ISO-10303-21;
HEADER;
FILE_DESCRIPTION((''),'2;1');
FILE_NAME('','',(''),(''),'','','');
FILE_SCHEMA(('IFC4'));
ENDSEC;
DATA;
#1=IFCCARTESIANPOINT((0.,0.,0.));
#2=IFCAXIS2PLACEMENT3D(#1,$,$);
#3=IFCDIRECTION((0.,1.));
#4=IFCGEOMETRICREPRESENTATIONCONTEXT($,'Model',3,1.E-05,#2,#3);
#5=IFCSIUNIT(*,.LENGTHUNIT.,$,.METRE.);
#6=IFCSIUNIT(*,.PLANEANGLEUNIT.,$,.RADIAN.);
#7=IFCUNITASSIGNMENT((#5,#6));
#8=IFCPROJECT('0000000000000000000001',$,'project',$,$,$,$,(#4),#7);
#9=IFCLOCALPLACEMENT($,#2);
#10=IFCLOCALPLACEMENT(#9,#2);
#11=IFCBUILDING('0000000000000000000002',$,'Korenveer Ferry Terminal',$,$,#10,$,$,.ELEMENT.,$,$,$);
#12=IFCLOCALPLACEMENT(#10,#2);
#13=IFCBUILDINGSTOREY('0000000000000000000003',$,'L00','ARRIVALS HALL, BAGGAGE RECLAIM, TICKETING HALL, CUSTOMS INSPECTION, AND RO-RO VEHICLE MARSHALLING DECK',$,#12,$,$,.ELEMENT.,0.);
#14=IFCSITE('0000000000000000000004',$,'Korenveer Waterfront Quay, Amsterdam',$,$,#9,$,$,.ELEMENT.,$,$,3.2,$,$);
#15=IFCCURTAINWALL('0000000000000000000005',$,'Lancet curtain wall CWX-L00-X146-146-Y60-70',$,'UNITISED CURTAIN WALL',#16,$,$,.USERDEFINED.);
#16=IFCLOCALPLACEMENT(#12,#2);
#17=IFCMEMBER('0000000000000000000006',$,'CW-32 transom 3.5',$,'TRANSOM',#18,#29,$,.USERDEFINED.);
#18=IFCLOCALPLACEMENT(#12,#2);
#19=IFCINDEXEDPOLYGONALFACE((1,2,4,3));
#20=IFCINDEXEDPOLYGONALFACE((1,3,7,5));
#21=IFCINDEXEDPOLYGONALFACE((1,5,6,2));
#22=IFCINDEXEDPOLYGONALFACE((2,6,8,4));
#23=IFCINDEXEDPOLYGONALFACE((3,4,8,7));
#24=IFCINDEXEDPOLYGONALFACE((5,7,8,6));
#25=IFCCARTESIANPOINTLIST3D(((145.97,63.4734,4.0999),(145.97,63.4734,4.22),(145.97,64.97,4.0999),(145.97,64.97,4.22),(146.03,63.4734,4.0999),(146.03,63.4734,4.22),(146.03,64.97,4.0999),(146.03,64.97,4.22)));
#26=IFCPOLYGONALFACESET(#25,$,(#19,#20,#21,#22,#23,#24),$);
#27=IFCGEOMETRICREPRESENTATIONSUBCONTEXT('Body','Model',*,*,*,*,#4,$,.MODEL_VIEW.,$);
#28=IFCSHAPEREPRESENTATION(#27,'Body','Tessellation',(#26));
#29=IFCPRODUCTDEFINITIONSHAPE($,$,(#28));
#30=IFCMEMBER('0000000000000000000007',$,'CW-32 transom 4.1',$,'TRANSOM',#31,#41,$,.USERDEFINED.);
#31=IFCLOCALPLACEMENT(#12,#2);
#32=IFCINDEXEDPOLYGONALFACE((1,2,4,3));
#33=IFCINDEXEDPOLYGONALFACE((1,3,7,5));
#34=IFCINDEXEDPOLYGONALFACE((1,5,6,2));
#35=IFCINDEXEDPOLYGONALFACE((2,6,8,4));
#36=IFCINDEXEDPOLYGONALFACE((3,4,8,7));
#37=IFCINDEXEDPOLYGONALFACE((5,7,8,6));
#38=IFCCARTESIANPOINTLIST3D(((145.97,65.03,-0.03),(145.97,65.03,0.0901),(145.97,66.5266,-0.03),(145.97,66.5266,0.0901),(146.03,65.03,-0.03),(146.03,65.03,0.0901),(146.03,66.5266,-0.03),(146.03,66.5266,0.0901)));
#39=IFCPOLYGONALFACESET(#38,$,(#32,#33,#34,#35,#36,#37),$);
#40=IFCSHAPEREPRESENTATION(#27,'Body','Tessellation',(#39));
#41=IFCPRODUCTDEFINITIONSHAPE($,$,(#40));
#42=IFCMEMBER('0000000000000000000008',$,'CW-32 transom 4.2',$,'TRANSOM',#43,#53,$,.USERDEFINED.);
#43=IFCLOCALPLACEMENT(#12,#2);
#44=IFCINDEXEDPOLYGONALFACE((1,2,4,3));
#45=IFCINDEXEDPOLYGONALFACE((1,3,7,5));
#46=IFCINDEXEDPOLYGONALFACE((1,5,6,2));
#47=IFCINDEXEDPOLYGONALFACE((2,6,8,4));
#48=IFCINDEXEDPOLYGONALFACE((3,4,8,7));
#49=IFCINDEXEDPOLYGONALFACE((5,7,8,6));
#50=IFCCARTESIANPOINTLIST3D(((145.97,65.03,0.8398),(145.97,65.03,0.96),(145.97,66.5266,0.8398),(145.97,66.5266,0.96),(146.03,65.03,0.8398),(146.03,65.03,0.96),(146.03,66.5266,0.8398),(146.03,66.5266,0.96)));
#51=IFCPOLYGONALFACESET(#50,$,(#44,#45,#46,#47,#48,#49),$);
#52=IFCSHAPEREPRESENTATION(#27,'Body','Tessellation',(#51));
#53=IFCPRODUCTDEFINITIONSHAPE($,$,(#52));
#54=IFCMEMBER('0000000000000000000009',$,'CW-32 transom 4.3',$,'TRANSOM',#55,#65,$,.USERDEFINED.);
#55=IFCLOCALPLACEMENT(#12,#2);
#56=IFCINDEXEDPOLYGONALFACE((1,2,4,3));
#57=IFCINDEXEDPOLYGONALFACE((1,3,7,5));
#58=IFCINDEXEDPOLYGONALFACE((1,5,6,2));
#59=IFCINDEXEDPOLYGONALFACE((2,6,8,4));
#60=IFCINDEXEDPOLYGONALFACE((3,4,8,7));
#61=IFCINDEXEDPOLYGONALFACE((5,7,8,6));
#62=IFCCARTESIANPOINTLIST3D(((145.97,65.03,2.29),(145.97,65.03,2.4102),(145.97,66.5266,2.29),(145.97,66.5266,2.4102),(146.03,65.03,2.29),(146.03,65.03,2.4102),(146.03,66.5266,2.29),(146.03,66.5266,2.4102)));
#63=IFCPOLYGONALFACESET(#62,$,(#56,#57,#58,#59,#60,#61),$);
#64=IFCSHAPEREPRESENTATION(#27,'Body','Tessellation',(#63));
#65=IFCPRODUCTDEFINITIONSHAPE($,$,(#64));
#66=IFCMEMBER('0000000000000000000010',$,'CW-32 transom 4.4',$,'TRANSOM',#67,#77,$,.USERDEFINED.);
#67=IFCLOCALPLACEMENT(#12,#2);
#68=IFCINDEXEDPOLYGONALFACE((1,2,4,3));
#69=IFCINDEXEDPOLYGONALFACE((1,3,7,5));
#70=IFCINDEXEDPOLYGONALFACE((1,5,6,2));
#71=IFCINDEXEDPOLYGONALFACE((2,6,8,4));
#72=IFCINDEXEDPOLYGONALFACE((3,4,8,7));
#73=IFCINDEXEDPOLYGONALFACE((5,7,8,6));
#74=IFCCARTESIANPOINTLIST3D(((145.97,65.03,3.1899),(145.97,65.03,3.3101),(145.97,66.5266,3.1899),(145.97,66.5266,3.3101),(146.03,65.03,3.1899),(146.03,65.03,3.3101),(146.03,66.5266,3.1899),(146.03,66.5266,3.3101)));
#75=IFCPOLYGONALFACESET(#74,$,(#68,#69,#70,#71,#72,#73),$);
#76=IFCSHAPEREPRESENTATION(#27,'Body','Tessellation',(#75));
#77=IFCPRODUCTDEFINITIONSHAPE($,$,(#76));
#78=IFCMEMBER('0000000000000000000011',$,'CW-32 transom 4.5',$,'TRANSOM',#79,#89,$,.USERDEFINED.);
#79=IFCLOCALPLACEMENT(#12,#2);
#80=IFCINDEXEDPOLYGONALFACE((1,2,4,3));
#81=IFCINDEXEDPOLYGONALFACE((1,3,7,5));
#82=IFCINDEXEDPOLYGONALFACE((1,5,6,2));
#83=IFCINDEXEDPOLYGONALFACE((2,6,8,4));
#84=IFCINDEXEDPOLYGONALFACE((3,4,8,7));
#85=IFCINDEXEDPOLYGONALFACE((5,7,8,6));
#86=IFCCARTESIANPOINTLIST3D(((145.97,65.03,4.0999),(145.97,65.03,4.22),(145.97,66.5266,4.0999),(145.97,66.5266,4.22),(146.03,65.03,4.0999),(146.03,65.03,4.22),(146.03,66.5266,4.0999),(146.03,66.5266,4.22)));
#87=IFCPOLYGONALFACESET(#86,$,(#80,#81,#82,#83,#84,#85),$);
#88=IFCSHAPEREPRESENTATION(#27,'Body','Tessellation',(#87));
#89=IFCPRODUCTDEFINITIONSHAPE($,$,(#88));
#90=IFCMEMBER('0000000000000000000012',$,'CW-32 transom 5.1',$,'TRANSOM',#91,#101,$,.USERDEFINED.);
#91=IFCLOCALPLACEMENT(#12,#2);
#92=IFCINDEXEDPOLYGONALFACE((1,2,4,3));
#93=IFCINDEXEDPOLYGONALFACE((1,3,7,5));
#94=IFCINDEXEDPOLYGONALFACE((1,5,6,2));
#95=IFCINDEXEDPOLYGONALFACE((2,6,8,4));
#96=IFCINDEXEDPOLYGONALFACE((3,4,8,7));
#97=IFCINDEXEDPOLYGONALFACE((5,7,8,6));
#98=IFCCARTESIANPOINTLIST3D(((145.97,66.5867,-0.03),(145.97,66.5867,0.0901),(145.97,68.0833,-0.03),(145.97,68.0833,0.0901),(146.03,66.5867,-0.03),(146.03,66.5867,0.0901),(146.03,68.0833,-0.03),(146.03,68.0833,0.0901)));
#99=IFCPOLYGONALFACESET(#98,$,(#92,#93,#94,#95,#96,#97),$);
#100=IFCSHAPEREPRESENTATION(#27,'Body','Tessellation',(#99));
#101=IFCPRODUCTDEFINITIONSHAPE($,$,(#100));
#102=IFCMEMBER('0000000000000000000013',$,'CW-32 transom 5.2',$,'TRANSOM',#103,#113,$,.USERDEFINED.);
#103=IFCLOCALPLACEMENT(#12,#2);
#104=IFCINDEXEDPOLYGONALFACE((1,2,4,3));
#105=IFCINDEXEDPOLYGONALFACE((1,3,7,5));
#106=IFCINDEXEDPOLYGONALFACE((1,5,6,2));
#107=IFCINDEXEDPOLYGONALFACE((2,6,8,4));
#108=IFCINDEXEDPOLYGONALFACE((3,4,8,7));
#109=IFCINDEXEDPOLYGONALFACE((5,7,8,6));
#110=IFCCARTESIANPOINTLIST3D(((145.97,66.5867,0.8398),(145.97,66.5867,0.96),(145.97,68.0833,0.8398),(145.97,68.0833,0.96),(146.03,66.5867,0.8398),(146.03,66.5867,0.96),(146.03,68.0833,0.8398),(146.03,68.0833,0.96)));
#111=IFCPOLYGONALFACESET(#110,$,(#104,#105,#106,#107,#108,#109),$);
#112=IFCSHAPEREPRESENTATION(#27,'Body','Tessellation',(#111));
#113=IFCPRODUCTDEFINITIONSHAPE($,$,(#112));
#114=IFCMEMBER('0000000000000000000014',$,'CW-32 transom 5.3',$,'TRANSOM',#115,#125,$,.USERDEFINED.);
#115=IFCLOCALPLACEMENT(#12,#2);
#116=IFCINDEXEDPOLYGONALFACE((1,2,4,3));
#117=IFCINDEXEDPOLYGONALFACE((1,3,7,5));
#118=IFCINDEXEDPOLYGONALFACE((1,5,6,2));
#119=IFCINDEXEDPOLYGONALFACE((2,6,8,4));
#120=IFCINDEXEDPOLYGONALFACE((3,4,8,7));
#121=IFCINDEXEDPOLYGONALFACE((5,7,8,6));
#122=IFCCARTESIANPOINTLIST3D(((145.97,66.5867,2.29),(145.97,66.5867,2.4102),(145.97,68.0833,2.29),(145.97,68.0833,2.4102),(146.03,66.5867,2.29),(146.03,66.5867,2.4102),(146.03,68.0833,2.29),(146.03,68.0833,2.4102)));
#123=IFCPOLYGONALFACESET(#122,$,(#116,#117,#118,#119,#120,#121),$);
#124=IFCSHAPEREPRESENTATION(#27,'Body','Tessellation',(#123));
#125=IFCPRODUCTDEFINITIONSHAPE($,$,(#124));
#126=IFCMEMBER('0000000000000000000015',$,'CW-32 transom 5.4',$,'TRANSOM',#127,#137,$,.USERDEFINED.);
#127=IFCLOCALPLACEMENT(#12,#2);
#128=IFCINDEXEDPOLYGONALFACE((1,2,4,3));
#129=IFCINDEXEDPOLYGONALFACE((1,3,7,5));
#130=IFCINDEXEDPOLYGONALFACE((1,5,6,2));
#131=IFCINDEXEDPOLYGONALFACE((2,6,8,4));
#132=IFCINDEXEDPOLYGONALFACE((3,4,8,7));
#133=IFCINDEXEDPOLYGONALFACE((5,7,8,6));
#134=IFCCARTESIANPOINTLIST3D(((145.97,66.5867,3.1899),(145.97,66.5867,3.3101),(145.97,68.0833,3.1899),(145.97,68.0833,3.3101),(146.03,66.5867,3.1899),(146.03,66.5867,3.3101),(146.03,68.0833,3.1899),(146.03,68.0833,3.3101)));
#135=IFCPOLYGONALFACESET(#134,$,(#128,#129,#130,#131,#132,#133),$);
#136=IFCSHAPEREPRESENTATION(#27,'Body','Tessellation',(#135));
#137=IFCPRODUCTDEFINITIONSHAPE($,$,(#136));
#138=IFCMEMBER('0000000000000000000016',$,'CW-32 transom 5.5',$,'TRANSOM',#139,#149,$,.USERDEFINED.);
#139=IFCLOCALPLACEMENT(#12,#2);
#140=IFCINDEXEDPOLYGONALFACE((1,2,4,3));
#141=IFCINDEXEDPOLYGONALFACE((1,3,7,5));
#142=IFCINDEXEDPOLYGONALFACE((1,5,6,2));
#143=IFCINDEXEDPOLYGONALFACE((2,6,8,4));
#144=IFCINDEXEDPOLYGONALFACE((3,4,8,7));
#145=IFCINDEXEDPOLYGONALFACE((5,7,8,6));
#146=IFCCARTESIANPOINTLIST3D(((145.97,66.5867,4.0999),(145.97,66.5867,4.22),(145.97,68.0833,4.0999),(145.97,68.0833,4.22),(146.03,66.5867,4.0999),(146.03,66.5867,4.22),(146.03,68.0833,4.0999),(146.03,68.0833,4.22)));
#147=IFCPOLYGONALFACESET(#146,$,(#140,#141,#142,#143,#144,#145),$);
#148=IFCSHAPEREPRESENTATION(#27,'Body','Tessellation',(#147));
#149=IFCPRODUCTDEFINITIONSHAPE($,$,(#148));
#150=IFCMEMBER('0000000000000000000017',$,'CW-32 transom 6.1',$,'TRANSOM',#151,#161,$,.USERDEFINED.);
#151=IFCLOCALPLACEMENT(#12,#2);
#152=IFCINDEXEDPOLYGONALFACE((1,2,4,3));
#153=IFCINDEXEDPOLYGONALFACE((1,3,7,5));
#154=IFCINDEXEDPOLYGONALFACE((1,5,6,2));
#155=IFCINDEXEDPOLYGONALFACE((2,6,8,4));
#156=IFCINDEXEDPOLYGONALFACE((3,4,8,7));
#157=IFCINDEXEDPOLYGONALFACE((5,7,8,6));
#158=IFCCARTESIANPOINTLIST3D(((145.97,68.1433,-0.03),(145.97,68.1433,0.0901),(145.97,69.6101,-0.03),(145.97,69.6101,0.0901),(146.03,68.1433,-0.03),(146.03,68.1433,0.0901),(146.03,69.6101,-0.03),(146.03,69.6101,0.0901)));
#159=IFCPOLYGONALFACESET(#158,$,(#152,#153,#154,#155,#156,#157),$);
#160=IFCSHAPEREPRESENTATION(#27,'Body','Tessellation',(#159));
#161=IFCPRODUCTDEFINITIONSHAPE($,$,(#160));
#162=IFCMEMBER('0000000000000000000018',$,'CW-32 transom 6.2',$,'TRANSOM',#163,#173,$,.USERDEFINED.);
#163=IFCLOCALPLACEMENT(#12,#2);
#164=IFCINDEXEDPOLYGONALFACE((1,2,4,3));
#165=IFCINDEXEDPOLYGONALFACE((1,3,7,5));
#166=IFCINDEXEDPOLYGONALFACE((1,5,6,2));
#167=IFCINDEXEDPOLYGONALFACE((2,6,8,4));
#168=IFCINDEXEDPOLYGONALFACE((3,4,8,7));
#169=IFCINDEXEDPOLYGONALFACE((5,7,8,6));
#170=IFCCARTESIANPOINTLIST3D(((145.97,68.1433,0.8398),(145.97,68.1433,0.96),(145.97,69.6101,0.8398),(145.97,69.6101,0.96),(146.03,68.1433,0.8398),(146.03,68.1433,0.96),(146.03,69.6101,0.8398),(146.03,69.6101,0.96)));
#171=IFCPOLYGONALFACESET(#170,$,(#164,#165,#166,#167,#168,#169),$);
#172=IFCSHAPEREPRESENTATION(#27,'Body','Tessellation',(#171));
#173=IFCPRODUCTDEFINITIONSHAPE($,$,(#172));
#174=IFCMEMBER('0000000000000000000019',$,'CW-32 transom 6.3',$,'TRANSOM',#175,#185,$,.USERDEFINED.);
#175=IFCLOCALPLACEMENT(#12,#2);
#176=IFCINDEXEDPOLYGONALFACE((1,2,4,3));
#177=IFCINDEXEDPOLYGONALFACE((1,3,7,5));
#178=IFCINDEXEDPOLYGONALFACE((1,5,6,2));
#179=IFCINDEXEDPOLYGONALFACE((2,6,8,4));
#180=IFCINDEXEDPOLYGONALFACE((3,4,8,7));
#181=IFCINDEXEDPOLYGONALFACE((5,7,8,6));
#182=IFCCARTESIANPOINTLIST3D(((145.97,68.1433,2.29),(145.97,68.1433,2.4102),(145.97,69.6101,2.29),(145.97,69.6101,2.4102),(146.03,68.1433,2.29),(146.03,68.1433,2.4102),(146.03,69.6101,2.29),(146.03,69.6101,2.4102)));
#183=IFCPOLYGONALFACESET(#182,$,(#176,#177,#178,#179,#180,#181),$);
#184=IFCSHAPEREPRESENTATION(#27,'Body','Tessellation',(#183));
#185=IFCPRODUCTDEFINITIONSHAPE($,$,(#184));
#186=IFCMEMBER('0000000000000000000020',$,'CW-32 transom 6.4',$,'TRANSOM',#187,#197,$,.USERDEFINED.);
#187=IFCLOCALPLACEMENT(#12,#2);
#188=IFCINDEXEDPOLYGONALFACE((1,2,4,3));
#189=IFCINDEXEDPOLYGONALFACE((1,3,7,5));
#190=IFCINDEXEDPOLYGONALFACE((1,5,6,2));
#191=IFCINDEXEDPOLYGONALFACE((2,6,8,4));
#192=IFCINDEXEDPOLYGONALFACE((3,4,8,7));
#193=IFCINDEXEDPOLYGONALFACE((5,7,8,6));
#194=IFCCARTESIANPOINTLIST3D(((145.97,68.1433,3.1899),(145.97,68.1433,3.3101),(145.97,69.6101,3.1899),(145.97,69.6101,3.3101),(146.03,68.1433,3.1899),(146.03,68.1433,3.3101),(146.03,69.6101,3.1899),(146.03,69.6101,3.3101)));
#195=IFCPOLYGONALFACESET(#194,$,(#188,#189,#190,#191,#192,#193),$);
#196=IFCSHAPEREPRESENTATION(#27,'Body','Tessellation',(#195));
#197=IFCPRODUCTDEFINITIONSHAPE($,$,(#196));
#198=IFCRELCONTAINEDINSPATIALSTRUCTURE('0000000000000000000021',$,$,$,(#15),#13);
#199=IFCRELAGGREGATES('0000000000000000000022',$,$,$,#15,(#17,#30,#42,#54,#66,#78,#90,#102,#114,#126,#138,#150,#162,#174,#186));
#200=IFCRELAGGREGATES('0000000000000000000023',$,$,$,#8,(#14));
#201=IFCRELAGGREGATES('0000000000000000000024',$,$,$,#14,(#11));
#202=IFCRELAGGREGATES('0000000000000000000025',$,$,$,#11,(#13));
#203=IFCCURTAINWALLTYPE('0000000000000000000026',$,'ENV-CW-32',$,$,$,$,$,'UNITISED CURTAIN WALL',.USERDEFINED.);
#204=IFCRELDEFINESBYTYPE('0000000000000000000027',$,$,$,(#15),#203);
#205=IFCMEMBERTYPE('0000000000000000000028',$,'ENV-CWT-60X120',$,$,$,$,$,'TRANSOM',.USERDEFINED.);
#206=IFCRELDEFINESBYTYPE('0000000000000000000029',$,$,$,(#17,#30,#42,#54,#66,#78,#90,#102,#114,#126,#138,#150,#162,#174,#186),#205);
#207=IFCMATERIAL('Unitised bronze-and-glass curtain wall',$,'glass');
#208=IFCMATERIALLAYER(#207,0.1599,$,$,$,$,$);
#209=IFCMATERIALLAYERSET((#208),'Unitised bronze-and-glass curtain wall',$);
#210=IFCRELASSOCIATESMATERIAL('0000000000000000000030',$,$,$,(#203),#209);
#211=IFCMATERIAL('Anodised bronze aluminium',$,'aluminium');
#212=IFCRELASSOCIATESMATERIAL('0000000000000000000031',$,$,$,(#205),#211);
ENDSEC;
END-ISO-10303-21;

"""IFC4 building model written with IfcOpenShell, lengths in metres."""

from ifc_helpers import new_model, si_unit, direction, frame, origin, origin_2d, place, context, subcontext, project, spatial, rectangle, extrude, material, layer, layer_set, material_profile, profile_set, type_object, element, aggregate, save


model = new_model("IFC4")

# Units and contexts
model_context = context("Model", 3, precision=1e-05, world=origin(), true_north=direction((0.0, 1.0)))
body_context = subcontext(model_context, "Body", "Model", "MODEL_VIEW")
ifc_project = project(units=[si_unit("LENGTHUNIT", "METRE"), si_unit("PLANEANGLEUNIT", "RADIAN")], contexts=[model_context])

# Site, building, storey
site_placement = place(None, origin())
site = spatial("IfcSite", under=ifc_project, at=site_placement, Name="Korenveer Waterfront Quay, Amsterdam", CompositionType="ELEMENT", RefElevation=3.2)
building_placement = place(site_placement, origin())
building = spatial("IfcBuilding", under=site, at=building_placement, Name="Korenveer Ferry Terminal", CompositionType="ELEMENT")
storey_placement = place(building_placement, origin())
storey = spatial("IfcBuildingStorey", under=building, at=storey_placement, Name="L00", Description="ARRIVALS HALL, BAGGAGE RECLAIM, TICKETING HALL, CUSTOMS INSPECTION, AND RO-RO VEHICLE MARSHALLING DECK", CompositionType="ELEMENT", Elevation=0.0)

# Curtain wall, members
ifc_material_1 = material(Name="Unitised bronze-and-glass curtain wall", Category="glass")
ifc_layer_1 = layer(ifc_material_1, 0.1599)
ifc_layer_set_1 = layer_set([ifc_layer_1], Name="Unitised bronze-and-glass curtain wall")
curtain_wall_type = type_object("IfcCurtainWallType", Name="ENV-CW-32", ElementType="UNITISED CURTAIN WALL", PredefinedType="USERDEFINED", material=ifc_layer_set_1)
curtain_wall_placement = place(storey_placement, frame((146.0, 60.3301, 0.0)))
curtain_wall = element("IfcCurtainWall", 1, at=curtain_wall_placement, inside=storey, type_object=curtain_wall_type, Name="Lancet curtain wall CWX-L00-X146-146-Y60-70", ObjectType="UNITISED CURTAIN WALL", PredefinedType="USERDEFINED")
ifc_material_2 = material(Name="Anodised bronze aluminium", Category="aluminium")
ifc_material_profile_1 = material_profile(ifc_material_2, rectangle(XDim=0.0601, YDim=0.1201, at=origin_2d()), Name="ALU 60x120")
ifc_profile_set_1 = profile_set([ifc_material_profile_1], Name="Anodised bronze aluminium")
member_type_1 = type_object("IfcMemberType", Name="ENV-CWT-60X120", ElementType="TRANSOM", PredefinedType="USERDEFINED", material=ifc_profile_set_1)
member_1_placement = place(storey_placement, frame((146.0, 63.4734, 4.1599), z_axis=(0.0, 1.0, 0.0), x_axis=(-1.0, 0.0, 0.0)))
member_1 = element("IfcMember", 2, at=member_1_placement, type_object=member_type_1, Name="CW-32 transom 3.5", ObjectType="TRANSOM", PredefinedType="USERDEFINED", context=body_context, shape_type="SweptSolid", body=[
    extrude(rectangle(XDim=0.0601, YDim=0.1201, at=origin_2d()), origin(), (0.0, 0.0, 1.0), 1.4966),
])
member_2_placement = place(storey_placement, frame((146.0, 65.03, 0.03), z_axis=(0.0, 1.0, 0.0), x_axis=(-1.0, 0.0, 0.0)))
member_2 = element("IfcMember", 3, at=member_2_placement, type_object=member_type_1, Name="CW-32 transom 4.1", ObjectType="TRANSOM", PredefinedType="USERDEFINED", context=body_context, shape_type="SweptSolid", body=[
    extrude(rectangle(XDim=0.0601, YDim=0.1201, at=origin_2d()), origin(), (0.0, 0.0, 1.0), 1.4966),
])
member_3_placement = place(storey_placement, frame((146.0, 65.03, 0.8999), z_axis=(0.0, 1.0, 0.0), x_axis=(-1.0, 0.0, 0.0)))
member_3 = element("IfcMember", 4, at=member_3_placement, type_object=member_type_1, Name="CW-32 transom 4.2", ObjectType="TRANSOM", PredefinedType="USERDEFINED", context=body_context, shape_type="SweptSolid", body=[
    extrude(rectangle(XDim=0.0601, YDim=0.1201, at=origin_2d()), origin(), (0.0, 0.0, 1.0), 1.4966),
])
member_4_placement = place(storey_placement, frame((146.0, 65.03, 2.3501), z_axis=(0.0, 1.0, 0.0), x_axis=(-1.0, 0.0, 0.0)))
member_4 = element("IfcMember", 5, at=member_4_placement, type_object=member_type_1, Name="CW-32 transom 4.3", ObjectType="TRANSOM", PredefinedType="USERDEFINED", context=body_context, shape_type="SweptSolid", body=[
    extrude(rectangle(XDim=0.0601, YDim=0.1201, at=origin_2d()), origin(), (0.0, 0.0, 1.0), 1.4966),
])
member_5_placement = place(storey_placement, frame((146.0, 65.03, 3.25), z_axis=(0.0, 1.0, 0.0), x_axis=(-1.0, 0.0, 0.0)))
member_5 = element("IfcMember", 6, at=member_5_placement, type_object=member_type_1, Name="CW-32 transom 4.4", ObjectType="TRANSOM", PredefinedType="USERDEFINED", context=body_context, shape_type="SweptSolid", body=[
    extrude(rectangle(XDim=0.0601, YDim=0.1201, at=origin_2d()), origin(), (0.0, 0.0, 1.0), 1.4966),
])
member_6_placement = place(storey_placement, frame((146.0, 65.03, 4.1599), z_axis=(0.0, 1.0, 0.0), x_axis=(-1.0, 0.0, 0.0)))
member_6 = element("IfcMember", 7, at=member_6_placement, type_object=member_type_1, Name="CW-32 transom 4.5", ObjectType="TRANSOM", PredefinedType="USERDEFINED", context=body_context, shape_type="SweptSolid", body=[
    extrude(rectangle(XDim=0.0601, YDim=0.1201, at=origin_2d()), origin(), (0.0, 0.0, 1.0), 1.4966),
])
member_7_placement = place(storey_placement, frame((146.0, 66.5867, 0.03), z_axis=(0.0, 1.0, 0.0), x_axis=(-1.0, 0.0, 0.0)))
member_7 = element("IfcMember", 8, at=member_7_placement, type_object=member_type_1, Name="CW-32 transom 5.1", ObjectType="TRANSOM", PredefinedType="USERDEFINED", context=body_context, shape_type="SweptSolid", body=[
    extrude(rectangle(XDim=0.0601, YDim=0.1201, at=origin_2d()), origin(), (0.0, 0.0, 1.0), 1.4966),
])
member_8_placement = place(storey_placement, frame((146.0, 66.5867, 0.8999), z_axis=(0.0, 1.0, 0.0), x_axis=(-1.0, 0.0, 0.0)))
member_8 = element("IfcMember", 9, at=member_8_placement, type_object=member_type_1, Name="CW-32 transom 5.2", ObjectType="TRANSOM", PredefinedType="USERDEFINED", context=body_context, shape_type="SweptSolid", body=[
    extrude(rectangle(XDim=0.0601, YDim=0.1201, at=origin_2d()), origin(), (0.0, 0.0, 1.0), 1.4966),
])
member_9_placement = place(storey_placement, frame((146.0, 66.5867, 2.3501), z_axis=(0.0, 1.0, 0.0), x_axis=(-1.0, 0.0, 0.0)))
member_9 = element("IfcMember", 10, at=member_9_placement, type_object=member_type_1, Name="CW-32 transom 5.3", ObjectType="TRANSOM", PredefinedType="USERDEFINED", context=body_context, shape_type="SweptSolid", body=[
    extrude(rectangle(XDim=0.0601, YDim=0.1201, at=origin_2d()), origin(), (0.0, 0.0, 1.0), 1.4966),
])
member_10_placement = place(storey_placement, frame((146.0, 66.5867, 3.25), z_axis=(0.0, 1.0, 0.0), x_axis=(-1.0, 0.0, 0.0)))
member_10 = element("IfcMember", 11, at=member_10_placement, type_object=member_type_1, Name="CW-32 transom 5.4", ObjectType="TRANSOM", PredefinedType="USERDEFINED", context=body_context, shape_type="SweptSolid", body=[
    extrude(rectangle(XDim=0.0601, YDim=0.1201, at=origin_2d()), origin(), (0.0, 0.0, 1.0), 1.4966),
])
member_11_placement = place(storey_placement, frame((146.0, 66.5867, 4.1599), z_axis=(0.0, 1.0, 0.0), x_axis=(-1.0, 0.0, 0.0)))
member_11 = element("IfcMember", 12, at=member_11_placement, type_object=member_type_1, Name="CW-32 transom 5.5", ObjectType="TRANSOM", PredefinedType="USERDEFINED", context=body_context, shape_type="SweptSolid", body=[
    extrude(rectangle(XDim=0.0601, YDim=0.1201, at=origin_2d()), origin(), (0.0, 0.0, 1.0), 1.4966),
])
member_12_placement = place(storey_placement, frame((146.0, 68.1433, 0.03), z_axis=(0.0, 1.0, 0.0), x_axis=(-1.0, 0.0, 0.0)))
member_12 = element("IfcMember", 13, at=member_12_placement, type_object=member_type_1, Name="CW-32 transom 6.1", ObjectType="TRANSOM", PredefinedType="USERDEFINED", context=body_context, shape_type="SweptSolid", body=[
    extrude(rectangle(XDim=0.0601, YDim=0.1201, at=origin_2d()), origin(), (0.0, 0.0, 1.0), 1.4668),
])
member_13_placement = place(storey_placement, frame((146.0, 68.1433, 0.8999), z_axis=(0.0, 1.0, 0.0), x_axis=(-1.0, 0.0, 0.0)))
member_13 = element("IfcMember", 14, at=member_13_placement, type_object=member_type_1, Name="CW-32 transom 6.2", ObjectType="TRANSOM", PredefinedType="USERDEFINED", context=body_context, shape_type="SweptSolid", body=[
    extrude(rectangle(XDim=0.0601, YDim=0.1201, at=origin_2d()), origin(), (0.0, 0.0, 1.0), 1.4668),
])
member_14_placement = place(storey_placement, frame((146.0, 68.1433, 2.3501), z_axis=(0.0, 1.0, 0.0), x_axis=(-1.0, 0.0, 0.0)))
member_14 = element("IfcMember", 15, at=member_14_placement, type_object=member_type_1, Name="CW-32 transom 6.3", ObjectType="TRANSOM", PredefinedType="USERDEFINED", context=body_context, shape_type="SweptSolid", body=[
    extrude(rectangle(XDim=0.0601, YDim=0.1201, at=origin_2d()), origin(), (0.0, 0.0, 1.0), 1.4668),
])
member_15_placement = place(storey_placement, frame((146.0, 68.1433, 3.25), z_axis=(0.0, 1.0, 0.0), x_axis=(-1.0, 0.0, 0.0)))
member_15 = element("IfcMember", 16, at=member_15_placement, type_object=member_type_1, Name="CW-32 transom 6.4", ObjectType="TRANSOM", PredefinedType="USERDEFINED", context=body_context, shape_type="SweptSolid", body=[
    extrude(rectangle(XDim=0.0601, YDim=0.1201, at=origin_2d()), origin(), (0.0, 0.0, 1.0), 1.4668),
])
aggregate(curtain_wall, [member_1, member_2, member_3, member_4, member_5, member_6, member_7, member_8, member_9, member_10, member_11, member_12, member_13, member_14, member_15])

save(model, "model.ifc")
